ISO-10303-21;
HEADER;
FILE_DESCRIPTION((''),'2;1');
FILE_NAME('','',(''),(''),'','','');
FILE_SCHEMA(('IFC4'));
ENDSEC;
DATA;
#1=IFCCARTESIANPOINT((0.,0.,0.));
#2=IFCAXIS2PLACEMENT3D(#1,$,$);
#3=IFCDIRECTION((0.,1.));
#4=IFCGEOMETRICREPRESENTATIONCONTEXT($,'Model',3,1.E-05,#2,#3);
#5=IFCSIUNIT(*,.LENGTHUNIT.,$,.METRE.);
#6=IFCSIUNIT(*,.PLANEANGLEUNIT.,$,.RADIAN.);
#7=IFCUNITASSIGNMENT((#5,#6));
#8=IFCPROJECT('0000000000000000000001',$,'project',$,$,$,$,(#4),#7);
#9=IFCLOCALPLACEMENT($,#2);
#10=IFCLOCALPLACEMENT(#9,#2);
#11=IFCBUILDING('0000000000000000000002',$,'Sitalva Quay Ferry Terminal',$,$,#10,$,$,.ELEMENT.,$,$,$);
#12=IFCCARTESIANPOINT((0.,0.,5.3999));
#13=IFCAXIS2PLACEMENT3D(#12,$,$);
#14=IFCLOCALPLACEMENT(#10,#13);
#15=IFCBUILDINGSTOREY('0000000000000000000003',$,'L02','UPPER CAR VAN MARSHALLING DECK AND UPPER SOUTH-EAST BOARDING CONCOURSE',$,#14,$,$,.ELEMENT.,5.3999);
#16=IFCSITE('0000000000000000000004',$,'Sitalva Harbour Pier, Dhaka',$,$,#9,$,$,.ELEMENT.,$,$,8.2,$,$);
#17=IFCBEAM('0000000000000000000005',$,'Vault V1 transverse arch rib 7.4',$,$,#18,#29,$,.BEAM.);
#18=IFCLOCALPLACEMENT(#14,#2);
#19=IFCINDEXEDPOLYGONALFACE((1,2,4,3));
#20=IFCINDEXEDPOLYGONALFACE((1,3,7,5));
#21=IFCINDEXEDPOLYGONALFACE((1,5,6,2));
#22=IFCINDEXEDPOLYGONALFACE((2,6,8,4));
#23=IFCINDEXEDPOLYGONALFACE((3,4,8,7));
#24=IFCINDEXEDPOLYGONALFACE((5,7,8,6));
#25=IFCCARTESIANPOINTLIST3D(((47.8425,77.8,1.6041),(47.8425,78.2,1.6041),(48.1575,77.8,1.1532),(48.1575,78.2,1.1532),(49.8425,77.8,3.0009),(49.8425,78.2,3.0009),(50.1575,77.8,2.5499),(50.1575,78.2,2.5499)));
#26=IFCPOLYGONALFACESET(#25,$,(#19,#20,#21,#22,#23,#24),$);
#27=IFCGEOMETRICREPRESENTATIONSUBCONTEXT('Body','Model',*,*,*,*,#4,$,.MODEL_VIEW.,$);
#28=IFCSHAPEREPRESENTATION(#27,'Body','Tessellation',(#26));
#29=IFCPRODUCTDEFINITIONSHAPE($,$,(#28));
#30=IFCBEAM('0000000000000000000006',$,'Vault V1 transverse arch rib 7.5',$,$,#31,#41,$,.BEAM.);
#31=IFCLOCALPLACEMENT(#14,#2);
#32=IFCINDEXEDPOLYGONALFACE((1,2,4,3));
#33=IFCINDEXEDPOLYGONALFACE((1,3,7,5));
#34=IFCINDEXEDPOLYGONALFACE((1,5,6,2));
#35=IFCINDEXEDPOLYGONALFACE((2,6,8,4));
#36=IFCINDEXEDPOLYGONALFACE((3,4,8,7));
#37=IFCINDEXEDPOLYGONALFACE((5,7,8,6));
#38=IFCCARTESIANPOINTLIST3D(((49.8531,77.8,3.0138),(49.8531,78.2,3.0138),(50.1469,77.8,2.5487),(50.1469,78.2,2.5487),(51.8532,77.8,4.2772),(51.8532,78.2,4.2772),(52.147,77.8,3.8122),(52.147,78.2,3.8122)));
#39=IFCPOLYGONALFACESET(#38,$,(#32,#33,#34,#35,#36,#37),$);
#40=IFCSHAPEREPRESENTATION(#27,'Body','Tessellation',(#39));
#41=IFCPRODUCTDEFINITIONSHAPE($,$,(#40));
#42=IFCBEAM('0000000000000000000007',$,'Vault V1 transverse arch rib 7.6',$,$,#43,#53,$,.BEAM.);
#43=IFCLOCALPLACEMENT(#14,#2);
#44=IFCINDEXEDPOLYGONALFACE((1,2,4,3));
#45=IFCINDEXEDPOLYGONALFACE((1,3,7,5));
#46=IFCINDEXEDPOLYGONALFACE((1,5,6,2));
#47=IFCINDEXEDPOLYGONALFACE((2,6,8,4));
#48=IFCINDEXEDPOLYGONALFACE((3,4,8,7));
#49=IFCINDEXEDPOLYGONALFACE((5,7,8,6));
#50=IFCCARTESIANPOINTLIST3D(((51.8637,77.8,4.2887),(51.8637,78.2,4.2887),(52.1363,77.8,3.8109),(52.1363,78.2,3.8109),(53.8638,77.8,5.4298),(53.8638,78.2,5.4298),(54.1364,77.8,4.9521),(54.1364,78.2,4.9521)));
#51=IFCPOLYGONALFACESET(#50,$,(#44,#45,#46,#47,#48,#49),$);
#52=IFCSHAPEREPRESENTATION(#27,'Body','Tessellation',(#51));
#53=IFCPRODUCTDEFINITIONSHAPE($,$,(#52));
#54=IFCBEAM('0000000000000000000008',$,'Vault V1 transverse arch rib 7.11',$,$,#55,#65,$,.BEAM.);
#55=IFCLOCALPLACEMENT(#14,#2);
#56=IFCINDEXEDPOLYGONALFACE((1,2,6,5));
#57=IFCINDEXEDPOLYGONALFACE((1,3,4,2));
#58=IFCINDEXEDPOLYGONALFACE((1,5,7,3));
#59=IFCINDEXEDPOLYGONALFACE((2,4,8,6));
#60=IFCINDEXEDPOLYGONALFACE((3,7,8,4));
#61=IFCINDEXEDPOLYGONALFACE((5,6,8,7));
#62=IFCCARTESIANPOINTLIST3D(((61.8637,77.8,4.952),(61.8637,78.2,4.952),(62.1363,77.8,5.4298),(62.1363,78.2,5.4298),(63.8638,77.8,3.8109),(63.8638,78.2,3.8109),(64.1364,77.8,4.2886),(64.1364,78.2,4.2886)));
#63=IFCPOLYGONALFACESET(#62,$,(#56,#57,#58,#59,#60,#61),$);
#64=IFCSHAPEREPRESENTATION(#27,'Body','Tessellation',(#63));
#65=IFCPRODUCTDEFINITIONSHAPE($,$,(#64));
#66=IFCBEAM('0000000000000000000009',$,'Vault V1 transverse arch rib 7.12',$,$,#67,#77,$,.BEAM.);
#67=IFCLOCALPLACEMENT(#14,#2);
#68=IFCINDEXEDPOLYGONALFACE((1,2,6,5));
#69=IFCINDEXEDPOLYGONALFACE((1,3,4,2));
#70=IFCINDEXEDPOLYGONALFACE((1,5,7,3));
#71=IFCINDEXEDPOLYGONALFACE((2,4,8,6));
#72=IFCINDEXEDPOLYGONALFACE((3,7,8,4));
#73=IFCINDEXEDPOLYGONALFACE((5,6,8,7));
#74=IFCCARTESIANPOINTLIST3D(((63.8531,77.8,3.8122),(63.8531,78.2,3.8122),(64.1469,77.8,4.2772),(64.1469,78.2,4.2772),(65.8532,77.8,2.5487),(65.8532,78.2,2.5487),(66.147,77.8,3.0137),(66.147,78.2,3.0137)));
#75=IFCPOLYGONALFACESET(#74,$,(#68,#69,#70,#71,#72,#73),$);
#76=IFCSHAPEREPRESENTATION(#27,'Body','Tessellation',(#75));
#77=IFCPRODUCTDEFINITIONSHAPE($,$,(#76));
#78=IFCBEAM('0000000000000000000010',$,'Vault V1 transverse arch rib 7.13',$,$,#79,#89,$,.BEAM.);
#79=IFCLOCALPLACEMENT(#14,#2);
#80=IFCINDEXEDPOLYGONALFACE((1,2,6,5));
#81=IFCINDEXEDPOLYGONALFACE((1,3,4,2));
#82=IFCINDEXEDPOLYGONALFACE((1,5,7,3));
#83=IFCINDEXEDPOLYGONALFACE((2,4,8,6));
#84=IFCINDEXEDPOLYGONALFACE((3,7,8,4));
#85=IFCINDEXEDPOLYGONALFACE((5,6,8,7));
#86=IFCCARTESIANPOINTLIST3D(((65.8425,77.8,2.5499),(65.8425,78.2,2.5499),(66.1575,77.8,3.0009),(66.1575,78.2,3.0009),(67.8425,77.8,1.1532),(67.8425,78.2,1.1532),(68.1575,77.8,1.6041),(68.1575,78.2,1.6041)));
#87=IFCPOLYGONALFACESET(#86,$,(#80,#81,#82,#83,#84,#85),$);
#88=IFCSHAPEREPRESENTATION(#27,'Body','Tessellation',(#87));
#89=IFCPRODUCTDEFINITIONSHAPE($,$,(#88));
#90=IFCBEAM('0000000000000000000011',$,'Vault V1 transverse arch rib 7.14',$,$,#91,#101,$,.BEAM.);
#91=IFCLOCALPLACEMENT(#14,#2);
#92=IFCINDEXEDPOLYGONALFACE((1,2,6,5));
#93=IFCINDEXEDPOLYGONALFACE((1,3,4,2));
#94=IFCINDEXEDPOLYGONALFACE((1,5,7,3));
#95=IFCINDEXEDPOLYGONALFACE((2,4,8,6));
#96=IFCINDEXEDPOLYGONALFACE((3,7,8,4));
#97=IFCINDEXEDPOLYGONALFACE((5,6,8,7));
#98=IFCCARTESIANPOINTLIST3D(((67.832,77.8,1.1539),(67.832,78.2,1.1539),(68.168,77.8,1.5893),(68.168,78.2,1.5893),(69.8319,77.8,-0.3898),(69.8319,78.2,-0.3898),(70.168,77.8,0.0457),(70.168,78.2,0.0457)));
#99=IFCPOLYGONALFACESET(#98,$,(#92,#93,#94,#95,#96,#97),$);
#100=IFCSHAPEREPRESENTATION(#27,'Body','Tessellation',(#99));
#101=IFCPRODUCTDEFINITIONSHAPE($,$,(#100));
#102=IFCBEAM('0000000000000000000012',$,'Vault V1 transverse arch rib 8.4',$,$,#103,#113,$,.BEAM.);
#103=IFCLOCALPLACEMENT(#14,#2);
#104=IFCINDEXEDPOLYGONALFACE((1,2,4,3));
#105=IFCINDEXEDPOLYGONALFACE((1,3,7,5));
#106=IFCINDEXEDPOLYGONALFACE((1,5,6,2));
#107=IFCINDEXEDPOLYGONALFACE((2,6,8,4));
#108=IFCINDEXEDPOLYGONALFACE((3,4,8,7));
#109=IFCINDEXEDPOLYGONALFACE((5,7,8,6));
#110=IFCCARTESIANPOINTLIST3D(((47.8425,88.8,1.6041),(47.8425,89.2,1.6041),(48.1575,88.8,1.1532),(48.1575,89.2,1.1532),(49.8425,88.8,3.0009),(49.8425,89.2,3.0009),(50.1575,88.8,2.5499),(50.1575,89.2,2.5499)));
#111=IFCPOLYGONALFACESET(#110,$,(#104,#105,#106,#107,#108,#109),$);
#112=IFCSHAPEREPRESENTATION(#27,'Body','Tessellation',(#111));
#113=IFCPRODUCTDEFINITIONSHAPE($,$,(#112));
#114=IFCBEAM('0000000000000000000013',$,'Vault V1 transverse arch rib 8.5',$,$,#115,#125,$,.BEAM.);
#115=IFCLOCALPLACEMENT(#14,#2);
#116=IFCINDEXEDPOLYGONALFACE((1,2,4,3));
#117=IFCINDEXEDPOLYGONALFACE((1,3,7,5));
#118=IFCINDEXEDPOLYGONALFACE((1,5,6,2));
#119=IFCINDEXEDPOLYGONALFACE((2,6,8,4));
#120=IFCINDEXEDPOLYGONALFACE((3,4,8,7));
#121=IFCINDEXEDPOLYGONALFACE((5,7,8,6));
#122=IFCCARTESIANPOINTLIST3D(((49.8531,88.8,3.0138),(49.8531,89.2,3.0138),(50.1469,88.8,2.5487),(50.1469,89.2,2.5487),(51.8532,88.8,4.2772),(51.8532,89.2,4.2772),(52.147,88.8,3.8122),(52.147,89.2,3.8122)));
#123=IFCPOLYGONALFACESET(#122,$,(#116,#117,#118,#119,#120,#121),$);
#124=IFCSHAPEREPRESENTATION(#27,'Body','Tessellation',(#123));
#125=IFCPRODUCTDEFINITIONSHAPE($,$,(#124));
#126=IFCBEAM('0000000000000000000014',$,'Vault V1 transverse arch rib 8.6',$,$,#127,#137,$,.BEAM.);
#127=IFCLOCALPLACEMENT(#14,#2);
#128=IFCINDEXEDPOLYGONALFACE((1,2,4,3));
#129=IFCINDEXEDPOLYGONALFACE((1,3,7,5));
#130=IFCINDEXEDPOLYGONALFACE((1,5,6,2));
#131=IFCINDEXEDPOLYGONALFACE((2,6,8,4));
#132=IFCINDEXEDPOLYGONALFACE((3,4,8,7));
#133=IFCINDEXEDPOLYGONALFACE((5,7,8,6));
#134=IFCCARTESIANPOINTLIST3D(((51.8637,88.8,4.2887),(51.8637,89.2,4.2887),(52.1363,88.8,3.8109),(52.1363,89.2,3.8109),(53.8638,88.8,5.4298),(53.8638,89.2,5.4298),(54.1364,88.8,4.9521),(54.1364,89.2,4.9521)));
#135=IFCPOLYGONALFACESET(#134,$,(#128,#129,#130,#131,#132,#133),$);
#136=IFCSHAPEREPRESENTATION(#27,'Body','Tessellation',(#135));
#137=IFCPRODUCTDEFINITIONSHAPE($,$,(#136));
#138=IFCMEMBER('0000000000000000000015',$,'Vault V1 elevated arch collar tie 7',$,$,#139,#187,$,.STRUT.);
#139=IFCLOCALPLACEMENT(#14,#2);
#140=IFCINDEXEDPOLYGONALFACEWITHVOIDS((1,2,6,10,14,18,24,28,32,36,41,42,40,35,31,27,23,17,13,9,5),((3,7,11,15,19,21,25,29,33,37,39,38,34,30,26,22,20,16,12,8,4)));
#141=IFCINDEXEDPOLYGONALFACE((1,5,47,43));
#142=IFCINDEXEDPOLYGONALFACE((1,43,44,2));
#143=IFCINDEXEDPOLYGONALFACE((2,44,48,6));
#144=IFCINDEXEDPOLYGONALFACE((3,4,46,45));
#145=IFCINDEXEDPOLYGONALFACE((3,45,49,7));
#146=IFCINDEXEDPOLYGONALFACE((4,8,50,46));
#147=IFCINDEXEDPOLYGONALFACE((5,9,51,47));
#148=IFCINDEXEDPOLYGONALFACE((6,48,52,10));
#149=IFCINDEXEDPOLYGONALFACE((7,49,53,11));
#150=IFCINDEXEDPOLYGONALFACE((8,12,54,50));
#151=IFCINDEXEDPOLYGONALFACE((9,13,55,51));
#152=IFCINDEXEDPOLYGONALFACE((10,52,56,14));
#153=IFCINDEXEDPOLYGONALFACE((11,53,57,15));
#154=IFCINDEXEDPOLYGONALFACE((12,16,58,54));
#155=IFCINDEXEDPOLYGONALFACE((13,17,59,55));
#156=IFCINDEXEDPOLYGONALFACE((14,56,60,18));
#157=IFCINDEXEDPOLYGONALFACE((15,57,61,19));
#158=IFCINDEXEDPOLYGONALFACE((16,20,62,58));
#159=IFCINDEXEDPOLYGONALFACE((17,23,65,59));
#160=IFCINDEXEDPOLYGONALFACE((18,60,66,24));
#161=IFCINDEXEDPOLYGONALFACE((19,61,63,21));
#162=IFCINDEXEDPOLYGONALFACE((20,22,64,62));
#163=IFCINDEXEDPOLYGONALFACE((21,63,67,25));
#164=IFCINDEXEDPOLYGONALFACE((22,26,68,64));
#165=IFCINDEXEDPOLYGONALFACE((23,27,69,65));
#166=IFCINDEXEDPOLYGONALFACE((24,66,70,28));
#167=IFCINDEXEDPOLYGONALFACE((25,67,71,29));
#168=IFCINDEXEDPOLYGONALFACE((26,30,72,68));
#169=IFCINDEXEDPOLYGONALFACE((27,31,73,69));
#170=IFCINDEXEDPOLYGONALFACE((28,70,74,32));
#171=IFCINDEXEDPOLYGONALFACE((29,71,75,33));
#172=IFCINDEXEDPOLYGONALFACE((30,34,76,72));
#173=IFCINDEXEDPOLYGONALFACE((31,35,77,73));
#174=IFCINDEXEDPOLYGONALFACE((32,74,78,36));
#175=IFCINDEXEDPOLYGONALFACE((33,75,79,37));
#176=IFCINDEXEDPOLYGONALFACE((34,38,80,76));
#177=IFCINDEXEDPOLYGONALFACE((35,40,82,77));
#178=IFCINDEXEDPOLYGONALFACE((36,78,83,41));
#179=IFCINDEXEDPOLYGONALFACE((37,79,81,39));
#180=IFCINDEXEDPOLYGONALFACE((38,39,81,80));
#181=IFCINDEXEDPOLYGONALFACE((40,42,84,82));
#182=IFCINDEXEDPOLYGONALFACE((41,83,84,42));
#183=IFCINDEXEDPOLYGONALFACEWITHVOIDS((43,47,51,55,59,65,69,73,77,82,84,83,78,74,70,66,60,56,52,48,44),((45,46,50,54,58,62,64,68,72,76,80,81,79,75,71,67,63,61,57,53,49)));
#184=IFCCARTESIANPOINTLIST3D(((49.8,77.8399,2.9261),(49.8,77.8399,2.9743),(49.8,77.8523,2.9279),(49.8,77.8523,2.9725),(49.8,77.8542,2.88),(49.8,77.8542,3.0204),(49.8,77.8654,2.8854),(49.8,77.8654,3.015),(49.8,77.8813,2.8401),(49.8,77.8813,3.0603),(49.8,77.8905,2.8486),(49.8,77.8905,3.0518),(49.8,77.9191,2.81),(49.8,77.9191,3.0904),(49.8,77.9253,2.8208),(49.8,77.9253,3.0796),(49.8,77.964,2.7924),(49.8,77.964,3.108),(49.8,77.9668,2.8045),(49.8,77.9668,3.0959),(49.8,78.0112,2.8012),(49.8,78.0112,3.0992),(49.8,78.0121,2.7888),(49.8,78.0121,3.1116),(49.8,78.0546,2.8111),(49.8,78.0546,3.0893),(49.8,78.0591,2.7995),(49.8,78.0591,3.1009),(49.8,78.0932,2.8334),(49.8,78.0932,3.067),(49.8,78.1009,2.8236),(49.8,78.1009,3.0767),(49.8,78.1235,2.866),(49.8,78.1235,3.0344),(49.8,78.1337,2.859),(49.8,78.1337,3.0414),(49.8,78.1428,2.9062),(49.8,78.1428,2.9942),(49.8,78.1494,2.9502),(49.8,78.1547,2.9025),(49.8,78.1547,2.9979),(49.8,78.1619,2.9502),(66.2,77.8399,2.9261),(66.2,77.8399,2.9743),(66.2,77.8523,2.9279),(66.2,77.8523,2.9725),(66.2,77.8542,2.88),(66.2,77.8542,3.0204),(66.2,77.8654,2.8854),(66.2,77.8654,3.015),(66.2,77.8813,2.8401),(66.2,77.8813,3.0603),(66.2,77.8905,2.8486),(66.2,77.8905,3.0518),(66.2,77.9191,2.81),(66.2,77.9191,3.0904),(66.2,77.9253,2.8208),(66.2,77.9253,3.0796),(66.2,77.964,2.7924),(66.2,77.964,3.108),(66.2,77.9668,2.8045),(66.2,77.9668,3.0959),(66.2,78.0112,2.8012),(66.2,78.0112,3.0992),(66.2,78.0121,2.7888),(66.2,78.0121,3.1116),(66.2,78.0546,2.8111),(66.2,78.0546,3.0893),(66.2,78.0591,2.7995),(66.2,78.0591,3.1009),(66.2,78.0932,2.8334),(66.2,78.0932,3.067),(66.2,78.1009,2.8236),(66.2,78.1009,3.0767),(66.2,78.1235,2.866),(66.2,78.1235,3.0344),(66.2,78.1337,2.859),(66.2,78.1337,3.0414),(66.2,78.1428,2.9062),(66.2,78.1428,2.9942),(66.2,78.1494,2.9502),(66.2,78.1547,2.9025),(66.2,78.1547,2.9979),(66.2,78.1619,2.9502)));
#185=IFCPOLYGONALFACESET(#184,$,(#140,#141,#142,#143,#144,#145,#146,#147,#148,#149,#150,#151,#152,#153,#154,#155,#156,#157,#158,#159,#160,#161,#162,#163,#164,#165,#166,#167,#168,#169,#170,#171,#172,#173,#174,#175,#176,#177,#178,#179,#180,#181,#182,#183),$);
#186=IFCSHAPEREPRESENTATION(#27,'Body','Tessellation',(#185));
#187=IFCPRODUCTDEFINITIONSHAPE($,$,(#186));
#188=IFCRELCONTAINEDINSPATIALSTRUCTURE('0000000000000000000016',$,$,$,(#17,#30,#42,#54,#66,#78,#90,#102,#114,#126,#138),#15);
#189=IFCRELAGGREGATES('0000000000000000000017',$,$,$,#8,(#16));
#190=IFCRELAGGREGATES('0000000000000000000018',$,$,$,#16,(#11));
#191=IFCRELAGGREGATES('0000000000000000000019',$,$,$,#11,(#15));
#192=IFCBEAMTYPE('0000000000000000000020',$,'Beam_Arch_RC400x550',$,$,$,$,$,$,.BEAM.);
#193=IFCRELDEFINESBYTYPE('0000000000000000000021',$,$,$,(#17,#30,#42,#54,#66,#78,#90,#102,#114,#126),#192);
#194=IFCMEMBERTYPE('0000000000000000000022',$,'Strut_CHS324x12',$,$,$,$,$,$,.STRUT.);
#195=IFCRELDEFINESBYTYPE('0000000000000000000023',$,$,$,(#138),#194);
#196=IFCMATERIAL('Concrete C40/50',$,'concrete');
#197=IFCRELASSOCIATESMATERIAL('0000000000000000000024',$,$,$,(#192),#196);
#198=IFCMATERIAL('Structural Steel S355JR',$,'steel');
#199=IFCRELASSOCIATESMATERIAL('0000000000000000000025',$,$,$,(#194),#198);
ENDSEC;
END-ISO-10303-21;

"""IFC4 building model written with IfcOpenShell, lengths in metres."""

from ifc_helpers import new_model, si_unit, direction, frame, origin, origin_2d, place, context, subcontext, project, spatial, rectangle, hollow_circle, extrude, material, material_profile, profile_set, type_object, element, save


model = new_model("IFC4")

# Units and contexts
model_context = context("Model", 3, precision=1e-05, world=origin(), true_north=direction((0.0, 1.0)))
body_context = subcontext(model_context, "Body", "Model", "MODEL_VIEW")
ifc_project = project(units=[si_unit("LENGTHUNIT", "METRE"), si_unit("PLANEANGLEUNIT", "RADIAN")], contexts=[model_context])

# Site, building, storey
site_placement = place(None, origin())
site = spatial("IfcSite", under=ifc_project, at=site_placement, Name="Sitalva Harbour Pier, Dhaka", CompositionType="ELEMENT", RefElevation=8.2)
building_placement = place(site_placement, origin())
building = spatial("IfcBuilding", under=site, at=building_placement, Name="Sitalva Quay Ferry Terminal", CompositionType="ELEMENT")
storey_placement = place(building_placement, frame((0.0, 0.0, 5.3999)))
storey = spatial("IfcBuildingStorey", under=building, at=storey_placement, Name="L02", Description="UPPER CAR VAN MARSHALLING DECK AND UPPER SOUTH-EAST BOARDING CONCOURSE", CompositionType="ELEMENT", Elevation=5.3999)

# Beams
ifc_material_1 = material(Name="Concrete C40/50", Category="concrete")
ifc_material_profile_1 = material_profile(ifc_material_1, rectangle(XDim=0.3999, YDim=0.55, at=origin_2d()), Name="RC400x550")
ifc_profile_set_1 = profile_set([ifc_material_profile_1], Name="Concrete C40/50")
beam_type = type_object("IfcBeamType", Name="Beam_Arch_RC400x550", PredefinedType="BEAM", material=ifc_profile_set_1)
beam_1_placement = place(storey_placement, frame((48.0, 78.0, 1.3787), z_axis=(0.819861, 0.0, 0.572562), x_axis=(0.0, 1.0, 0.0)))
element("IfcBeam", 1, at=beam_1_placement, inside=storey, type_object=beam_type, Name="Vault V1 transverse arch rib 7.4", PredefinedType="BEAM", context=body_context, shape_type="SweptSolid", body=[
    extrude(rectangle(XDim=0.3999, YDim=0.55, at=origin_2d()), origin(), (0.0, 0.0, 1.0), 2.4395),
])
beam_2_placement = place(storey_placement, frame((50.0, 78.0, 2.7812), z_axis=(0.845437, 0.0, 0.534075), x_axis=(0.0, 1.0, 0.0)))
element("IfcBeam", 2, at=beam_2_placement, inside=storey, type_object=beam_type, Name="Vault V1 transverse arch rib 7.5", PredefinedType="BEAM", context=body_context, shape_type="SweptSolid", body=[
    extrude(rectangle(XDim=0.3999, YDim=0.55, at=origin_2d()), origin(), (0.0, 0.0, 1.0), 2.3657),
])
for number, where, z_axis, x_axis, name in (
    (3, (52.0, 78.0, 4.0498), (0.868569, 0.0, 0.495568), (0.0, 1.0, 0.0), "Vault V1 transverse arch rib 7.6"),
    (4, (62.0, 78.0, 5.1909), (0.868569, 0.0, -0.495568), (0.0, 1.0, 0.0), "Vault V1 transverse arch rib 7.11"),
):
    element("IfcBeam", number, at=place(storey_placement, frame(where, z_axis=z_axis, x_axis=x_axis)), inside=storey, type_object=beam_type, Name=name, PredefinedType="BEAM", context=body_context, shape_type="SweptSolid", body=[
        extrude(rectangle(XDim=0.3999, YDim=0.55, at=origin_2d()), origin(), (0.0, 0.0, 1.0), 2.3027),
    ])
beam_3_placement = place(storey_placement, frame((64.0, 78.0, 4.0447), z_axis=(0.845437, 0.0, -0.534075), x_axis=(0.0, 1.0, 0.0)))
element("IfcBeam", 5, at=beam_3_placement, inside=storey, type_object=beam_type, Name="Vault V1 transverse arch rib 7.12", PredefinedType="BEAM", context=body_context, shape_type="SweptSolid", body=[
    extrude(rectangle(XDim=0.3999, YDim=0.55, at=origin_2d()), origin(), (0.0, 0.0, 1.0), 2.3657),
])
beam_4_placement = place(storey_placement, frame((66.0, 78.0, 2.7754), z_axis=(0.819861, 0.0, -0.572562), x_axis=(0.0, 1.0, 0.0)))
element("IfcBeam", 6, at=beam_4_placement, inside=storey, type_object=beam_type, Name="Vault V1 transverse arch rib 7.13", PredefinedType="BEAM", context=body_context, shape_type="SweptSolid", body=[
    extrude(rectangle(XDim=0.3999, YDim=0.55, at=origin_2d()), origin(), (0.0, 0.0, 1.0), 2.4395),
])
beam_5_placement = place(storey_placement, frame((68.0, 78.0, 1.3716), z_axis=(0.791621, 0.0, -0.611013), x_axis=(0.0, 1.0, 0.0)))
element("IfcBeam", 7, at=beam_5_placement, inside=storey, type_object=beam_type, Name="Vault V1 transverse arch rib 7.14", PredefinedType="BEAM", context=body_context, shape_type="SweptSolid", body=[
    extrude(rectangle(XDim=0.3999, YDim=0.55, at=origin_2d()), origin(), (0.0, 0.0, 1.0), 2.5264),
])
beam_6_placement = place(storey_placement, frame((48.0, 89.0, 1.3787), z_axis=(0.819861, 0.0, 0.572562), x_axis=(0.0, 1.0, 0.0)))
element("IfcBeam", 8, at=beam_6_placement, inside=storey, type_object=beam_type, Name="Vault V1 transverse arch rib 8.4", PredefinedType="BEAM", context=body_context, shape_type="SweptSolid", body=[
    extrude(rectangle(XDim=0.3999, YDim=0.55, at=origin_2d()), origin(), (0.0, 0.0, 1.0), 2.4395),
])
beam_7_placement = place(storey_placement, frame((50.0, 89.0, 2.7812), z_axis=(0.845437, 0.0, 0.534075), x_axis=(0.0, 1.0, 0.0)))
element("IfcBeam", 9, at=beam_7_placement, inside=storey, type_object=beam_type, Name="Vault V1 transverse arch rib 8.5", PredefinedType="BEAM", context=body_context, shape_type="SweptSolid", body=[
    extrude(rectangle(XDim=0.3999, YDim=0.55, at=origin_2d()), origin(), (0.0, 0.0, 1.0), 2.3657),
])
beam_8_placement = place(storey_placement, frame((52.0, 89.0, 4.0498), z_axis=(0.868569, 0.0, 0.495568), x_axis=(0.0, 1.0, 0.0)))
element("IfcBeam", 10, at=beam_8_placement, inside=storey, type_object=beam_type, Name="Vault V1 transverse arch rib 8.6", PredefinedType="BEAM", context=body_context, shape_type="SweptSolid", body=[
    extrude(rectangle(XDim=0.3999, YDim=0.55, at=origin_2d()), origin(), (0.0, 0.0, 1.0), 2.3027),
])

# Member
ifc_material_2 = material(Name="Structural Steel S355JR", Category="steel")
ifc_material_profile_2 = material_profile(ifc_material_2, hollow_circle(Radius=0.1619, WallThickness=0.0125, at=origin_2d()), Name="CHS324x12.5")
ifc_profile_set_2 = profile_set([ifc_material_profile_2], Name="Structural Steel S355JR")
member_type = type_object("IfcMemberType", Name="Strut_CHS324x12", PredefinedType="STRUT", material=ifc_profile_set_2)
for number, where, z_axis, x_axis, name in (
    (11, (49.8, 78.0, 2.9502), (1.0, 0.0, 0.0), (0.0, 1.0, 0.0), "Vault V1 elevated arch collar tie 7"),
):
    element("IfcMember", number, at=place(storey_placement, frame(where, z_axis=z_axis, x_axis=x_axis)), inside=storey, type_object=member_type, Name=name, PredefinedType="STRUT", context=body_context, shape_type="SweptSolid", body=[
        extrude(hollow_circle(Radius=0.1619, WallThickness=0.0125, at=origin_2d()), origin(), (0.0, 0.0, 1.0), 16.3999),
    ])

save(model, "model.ifc")
